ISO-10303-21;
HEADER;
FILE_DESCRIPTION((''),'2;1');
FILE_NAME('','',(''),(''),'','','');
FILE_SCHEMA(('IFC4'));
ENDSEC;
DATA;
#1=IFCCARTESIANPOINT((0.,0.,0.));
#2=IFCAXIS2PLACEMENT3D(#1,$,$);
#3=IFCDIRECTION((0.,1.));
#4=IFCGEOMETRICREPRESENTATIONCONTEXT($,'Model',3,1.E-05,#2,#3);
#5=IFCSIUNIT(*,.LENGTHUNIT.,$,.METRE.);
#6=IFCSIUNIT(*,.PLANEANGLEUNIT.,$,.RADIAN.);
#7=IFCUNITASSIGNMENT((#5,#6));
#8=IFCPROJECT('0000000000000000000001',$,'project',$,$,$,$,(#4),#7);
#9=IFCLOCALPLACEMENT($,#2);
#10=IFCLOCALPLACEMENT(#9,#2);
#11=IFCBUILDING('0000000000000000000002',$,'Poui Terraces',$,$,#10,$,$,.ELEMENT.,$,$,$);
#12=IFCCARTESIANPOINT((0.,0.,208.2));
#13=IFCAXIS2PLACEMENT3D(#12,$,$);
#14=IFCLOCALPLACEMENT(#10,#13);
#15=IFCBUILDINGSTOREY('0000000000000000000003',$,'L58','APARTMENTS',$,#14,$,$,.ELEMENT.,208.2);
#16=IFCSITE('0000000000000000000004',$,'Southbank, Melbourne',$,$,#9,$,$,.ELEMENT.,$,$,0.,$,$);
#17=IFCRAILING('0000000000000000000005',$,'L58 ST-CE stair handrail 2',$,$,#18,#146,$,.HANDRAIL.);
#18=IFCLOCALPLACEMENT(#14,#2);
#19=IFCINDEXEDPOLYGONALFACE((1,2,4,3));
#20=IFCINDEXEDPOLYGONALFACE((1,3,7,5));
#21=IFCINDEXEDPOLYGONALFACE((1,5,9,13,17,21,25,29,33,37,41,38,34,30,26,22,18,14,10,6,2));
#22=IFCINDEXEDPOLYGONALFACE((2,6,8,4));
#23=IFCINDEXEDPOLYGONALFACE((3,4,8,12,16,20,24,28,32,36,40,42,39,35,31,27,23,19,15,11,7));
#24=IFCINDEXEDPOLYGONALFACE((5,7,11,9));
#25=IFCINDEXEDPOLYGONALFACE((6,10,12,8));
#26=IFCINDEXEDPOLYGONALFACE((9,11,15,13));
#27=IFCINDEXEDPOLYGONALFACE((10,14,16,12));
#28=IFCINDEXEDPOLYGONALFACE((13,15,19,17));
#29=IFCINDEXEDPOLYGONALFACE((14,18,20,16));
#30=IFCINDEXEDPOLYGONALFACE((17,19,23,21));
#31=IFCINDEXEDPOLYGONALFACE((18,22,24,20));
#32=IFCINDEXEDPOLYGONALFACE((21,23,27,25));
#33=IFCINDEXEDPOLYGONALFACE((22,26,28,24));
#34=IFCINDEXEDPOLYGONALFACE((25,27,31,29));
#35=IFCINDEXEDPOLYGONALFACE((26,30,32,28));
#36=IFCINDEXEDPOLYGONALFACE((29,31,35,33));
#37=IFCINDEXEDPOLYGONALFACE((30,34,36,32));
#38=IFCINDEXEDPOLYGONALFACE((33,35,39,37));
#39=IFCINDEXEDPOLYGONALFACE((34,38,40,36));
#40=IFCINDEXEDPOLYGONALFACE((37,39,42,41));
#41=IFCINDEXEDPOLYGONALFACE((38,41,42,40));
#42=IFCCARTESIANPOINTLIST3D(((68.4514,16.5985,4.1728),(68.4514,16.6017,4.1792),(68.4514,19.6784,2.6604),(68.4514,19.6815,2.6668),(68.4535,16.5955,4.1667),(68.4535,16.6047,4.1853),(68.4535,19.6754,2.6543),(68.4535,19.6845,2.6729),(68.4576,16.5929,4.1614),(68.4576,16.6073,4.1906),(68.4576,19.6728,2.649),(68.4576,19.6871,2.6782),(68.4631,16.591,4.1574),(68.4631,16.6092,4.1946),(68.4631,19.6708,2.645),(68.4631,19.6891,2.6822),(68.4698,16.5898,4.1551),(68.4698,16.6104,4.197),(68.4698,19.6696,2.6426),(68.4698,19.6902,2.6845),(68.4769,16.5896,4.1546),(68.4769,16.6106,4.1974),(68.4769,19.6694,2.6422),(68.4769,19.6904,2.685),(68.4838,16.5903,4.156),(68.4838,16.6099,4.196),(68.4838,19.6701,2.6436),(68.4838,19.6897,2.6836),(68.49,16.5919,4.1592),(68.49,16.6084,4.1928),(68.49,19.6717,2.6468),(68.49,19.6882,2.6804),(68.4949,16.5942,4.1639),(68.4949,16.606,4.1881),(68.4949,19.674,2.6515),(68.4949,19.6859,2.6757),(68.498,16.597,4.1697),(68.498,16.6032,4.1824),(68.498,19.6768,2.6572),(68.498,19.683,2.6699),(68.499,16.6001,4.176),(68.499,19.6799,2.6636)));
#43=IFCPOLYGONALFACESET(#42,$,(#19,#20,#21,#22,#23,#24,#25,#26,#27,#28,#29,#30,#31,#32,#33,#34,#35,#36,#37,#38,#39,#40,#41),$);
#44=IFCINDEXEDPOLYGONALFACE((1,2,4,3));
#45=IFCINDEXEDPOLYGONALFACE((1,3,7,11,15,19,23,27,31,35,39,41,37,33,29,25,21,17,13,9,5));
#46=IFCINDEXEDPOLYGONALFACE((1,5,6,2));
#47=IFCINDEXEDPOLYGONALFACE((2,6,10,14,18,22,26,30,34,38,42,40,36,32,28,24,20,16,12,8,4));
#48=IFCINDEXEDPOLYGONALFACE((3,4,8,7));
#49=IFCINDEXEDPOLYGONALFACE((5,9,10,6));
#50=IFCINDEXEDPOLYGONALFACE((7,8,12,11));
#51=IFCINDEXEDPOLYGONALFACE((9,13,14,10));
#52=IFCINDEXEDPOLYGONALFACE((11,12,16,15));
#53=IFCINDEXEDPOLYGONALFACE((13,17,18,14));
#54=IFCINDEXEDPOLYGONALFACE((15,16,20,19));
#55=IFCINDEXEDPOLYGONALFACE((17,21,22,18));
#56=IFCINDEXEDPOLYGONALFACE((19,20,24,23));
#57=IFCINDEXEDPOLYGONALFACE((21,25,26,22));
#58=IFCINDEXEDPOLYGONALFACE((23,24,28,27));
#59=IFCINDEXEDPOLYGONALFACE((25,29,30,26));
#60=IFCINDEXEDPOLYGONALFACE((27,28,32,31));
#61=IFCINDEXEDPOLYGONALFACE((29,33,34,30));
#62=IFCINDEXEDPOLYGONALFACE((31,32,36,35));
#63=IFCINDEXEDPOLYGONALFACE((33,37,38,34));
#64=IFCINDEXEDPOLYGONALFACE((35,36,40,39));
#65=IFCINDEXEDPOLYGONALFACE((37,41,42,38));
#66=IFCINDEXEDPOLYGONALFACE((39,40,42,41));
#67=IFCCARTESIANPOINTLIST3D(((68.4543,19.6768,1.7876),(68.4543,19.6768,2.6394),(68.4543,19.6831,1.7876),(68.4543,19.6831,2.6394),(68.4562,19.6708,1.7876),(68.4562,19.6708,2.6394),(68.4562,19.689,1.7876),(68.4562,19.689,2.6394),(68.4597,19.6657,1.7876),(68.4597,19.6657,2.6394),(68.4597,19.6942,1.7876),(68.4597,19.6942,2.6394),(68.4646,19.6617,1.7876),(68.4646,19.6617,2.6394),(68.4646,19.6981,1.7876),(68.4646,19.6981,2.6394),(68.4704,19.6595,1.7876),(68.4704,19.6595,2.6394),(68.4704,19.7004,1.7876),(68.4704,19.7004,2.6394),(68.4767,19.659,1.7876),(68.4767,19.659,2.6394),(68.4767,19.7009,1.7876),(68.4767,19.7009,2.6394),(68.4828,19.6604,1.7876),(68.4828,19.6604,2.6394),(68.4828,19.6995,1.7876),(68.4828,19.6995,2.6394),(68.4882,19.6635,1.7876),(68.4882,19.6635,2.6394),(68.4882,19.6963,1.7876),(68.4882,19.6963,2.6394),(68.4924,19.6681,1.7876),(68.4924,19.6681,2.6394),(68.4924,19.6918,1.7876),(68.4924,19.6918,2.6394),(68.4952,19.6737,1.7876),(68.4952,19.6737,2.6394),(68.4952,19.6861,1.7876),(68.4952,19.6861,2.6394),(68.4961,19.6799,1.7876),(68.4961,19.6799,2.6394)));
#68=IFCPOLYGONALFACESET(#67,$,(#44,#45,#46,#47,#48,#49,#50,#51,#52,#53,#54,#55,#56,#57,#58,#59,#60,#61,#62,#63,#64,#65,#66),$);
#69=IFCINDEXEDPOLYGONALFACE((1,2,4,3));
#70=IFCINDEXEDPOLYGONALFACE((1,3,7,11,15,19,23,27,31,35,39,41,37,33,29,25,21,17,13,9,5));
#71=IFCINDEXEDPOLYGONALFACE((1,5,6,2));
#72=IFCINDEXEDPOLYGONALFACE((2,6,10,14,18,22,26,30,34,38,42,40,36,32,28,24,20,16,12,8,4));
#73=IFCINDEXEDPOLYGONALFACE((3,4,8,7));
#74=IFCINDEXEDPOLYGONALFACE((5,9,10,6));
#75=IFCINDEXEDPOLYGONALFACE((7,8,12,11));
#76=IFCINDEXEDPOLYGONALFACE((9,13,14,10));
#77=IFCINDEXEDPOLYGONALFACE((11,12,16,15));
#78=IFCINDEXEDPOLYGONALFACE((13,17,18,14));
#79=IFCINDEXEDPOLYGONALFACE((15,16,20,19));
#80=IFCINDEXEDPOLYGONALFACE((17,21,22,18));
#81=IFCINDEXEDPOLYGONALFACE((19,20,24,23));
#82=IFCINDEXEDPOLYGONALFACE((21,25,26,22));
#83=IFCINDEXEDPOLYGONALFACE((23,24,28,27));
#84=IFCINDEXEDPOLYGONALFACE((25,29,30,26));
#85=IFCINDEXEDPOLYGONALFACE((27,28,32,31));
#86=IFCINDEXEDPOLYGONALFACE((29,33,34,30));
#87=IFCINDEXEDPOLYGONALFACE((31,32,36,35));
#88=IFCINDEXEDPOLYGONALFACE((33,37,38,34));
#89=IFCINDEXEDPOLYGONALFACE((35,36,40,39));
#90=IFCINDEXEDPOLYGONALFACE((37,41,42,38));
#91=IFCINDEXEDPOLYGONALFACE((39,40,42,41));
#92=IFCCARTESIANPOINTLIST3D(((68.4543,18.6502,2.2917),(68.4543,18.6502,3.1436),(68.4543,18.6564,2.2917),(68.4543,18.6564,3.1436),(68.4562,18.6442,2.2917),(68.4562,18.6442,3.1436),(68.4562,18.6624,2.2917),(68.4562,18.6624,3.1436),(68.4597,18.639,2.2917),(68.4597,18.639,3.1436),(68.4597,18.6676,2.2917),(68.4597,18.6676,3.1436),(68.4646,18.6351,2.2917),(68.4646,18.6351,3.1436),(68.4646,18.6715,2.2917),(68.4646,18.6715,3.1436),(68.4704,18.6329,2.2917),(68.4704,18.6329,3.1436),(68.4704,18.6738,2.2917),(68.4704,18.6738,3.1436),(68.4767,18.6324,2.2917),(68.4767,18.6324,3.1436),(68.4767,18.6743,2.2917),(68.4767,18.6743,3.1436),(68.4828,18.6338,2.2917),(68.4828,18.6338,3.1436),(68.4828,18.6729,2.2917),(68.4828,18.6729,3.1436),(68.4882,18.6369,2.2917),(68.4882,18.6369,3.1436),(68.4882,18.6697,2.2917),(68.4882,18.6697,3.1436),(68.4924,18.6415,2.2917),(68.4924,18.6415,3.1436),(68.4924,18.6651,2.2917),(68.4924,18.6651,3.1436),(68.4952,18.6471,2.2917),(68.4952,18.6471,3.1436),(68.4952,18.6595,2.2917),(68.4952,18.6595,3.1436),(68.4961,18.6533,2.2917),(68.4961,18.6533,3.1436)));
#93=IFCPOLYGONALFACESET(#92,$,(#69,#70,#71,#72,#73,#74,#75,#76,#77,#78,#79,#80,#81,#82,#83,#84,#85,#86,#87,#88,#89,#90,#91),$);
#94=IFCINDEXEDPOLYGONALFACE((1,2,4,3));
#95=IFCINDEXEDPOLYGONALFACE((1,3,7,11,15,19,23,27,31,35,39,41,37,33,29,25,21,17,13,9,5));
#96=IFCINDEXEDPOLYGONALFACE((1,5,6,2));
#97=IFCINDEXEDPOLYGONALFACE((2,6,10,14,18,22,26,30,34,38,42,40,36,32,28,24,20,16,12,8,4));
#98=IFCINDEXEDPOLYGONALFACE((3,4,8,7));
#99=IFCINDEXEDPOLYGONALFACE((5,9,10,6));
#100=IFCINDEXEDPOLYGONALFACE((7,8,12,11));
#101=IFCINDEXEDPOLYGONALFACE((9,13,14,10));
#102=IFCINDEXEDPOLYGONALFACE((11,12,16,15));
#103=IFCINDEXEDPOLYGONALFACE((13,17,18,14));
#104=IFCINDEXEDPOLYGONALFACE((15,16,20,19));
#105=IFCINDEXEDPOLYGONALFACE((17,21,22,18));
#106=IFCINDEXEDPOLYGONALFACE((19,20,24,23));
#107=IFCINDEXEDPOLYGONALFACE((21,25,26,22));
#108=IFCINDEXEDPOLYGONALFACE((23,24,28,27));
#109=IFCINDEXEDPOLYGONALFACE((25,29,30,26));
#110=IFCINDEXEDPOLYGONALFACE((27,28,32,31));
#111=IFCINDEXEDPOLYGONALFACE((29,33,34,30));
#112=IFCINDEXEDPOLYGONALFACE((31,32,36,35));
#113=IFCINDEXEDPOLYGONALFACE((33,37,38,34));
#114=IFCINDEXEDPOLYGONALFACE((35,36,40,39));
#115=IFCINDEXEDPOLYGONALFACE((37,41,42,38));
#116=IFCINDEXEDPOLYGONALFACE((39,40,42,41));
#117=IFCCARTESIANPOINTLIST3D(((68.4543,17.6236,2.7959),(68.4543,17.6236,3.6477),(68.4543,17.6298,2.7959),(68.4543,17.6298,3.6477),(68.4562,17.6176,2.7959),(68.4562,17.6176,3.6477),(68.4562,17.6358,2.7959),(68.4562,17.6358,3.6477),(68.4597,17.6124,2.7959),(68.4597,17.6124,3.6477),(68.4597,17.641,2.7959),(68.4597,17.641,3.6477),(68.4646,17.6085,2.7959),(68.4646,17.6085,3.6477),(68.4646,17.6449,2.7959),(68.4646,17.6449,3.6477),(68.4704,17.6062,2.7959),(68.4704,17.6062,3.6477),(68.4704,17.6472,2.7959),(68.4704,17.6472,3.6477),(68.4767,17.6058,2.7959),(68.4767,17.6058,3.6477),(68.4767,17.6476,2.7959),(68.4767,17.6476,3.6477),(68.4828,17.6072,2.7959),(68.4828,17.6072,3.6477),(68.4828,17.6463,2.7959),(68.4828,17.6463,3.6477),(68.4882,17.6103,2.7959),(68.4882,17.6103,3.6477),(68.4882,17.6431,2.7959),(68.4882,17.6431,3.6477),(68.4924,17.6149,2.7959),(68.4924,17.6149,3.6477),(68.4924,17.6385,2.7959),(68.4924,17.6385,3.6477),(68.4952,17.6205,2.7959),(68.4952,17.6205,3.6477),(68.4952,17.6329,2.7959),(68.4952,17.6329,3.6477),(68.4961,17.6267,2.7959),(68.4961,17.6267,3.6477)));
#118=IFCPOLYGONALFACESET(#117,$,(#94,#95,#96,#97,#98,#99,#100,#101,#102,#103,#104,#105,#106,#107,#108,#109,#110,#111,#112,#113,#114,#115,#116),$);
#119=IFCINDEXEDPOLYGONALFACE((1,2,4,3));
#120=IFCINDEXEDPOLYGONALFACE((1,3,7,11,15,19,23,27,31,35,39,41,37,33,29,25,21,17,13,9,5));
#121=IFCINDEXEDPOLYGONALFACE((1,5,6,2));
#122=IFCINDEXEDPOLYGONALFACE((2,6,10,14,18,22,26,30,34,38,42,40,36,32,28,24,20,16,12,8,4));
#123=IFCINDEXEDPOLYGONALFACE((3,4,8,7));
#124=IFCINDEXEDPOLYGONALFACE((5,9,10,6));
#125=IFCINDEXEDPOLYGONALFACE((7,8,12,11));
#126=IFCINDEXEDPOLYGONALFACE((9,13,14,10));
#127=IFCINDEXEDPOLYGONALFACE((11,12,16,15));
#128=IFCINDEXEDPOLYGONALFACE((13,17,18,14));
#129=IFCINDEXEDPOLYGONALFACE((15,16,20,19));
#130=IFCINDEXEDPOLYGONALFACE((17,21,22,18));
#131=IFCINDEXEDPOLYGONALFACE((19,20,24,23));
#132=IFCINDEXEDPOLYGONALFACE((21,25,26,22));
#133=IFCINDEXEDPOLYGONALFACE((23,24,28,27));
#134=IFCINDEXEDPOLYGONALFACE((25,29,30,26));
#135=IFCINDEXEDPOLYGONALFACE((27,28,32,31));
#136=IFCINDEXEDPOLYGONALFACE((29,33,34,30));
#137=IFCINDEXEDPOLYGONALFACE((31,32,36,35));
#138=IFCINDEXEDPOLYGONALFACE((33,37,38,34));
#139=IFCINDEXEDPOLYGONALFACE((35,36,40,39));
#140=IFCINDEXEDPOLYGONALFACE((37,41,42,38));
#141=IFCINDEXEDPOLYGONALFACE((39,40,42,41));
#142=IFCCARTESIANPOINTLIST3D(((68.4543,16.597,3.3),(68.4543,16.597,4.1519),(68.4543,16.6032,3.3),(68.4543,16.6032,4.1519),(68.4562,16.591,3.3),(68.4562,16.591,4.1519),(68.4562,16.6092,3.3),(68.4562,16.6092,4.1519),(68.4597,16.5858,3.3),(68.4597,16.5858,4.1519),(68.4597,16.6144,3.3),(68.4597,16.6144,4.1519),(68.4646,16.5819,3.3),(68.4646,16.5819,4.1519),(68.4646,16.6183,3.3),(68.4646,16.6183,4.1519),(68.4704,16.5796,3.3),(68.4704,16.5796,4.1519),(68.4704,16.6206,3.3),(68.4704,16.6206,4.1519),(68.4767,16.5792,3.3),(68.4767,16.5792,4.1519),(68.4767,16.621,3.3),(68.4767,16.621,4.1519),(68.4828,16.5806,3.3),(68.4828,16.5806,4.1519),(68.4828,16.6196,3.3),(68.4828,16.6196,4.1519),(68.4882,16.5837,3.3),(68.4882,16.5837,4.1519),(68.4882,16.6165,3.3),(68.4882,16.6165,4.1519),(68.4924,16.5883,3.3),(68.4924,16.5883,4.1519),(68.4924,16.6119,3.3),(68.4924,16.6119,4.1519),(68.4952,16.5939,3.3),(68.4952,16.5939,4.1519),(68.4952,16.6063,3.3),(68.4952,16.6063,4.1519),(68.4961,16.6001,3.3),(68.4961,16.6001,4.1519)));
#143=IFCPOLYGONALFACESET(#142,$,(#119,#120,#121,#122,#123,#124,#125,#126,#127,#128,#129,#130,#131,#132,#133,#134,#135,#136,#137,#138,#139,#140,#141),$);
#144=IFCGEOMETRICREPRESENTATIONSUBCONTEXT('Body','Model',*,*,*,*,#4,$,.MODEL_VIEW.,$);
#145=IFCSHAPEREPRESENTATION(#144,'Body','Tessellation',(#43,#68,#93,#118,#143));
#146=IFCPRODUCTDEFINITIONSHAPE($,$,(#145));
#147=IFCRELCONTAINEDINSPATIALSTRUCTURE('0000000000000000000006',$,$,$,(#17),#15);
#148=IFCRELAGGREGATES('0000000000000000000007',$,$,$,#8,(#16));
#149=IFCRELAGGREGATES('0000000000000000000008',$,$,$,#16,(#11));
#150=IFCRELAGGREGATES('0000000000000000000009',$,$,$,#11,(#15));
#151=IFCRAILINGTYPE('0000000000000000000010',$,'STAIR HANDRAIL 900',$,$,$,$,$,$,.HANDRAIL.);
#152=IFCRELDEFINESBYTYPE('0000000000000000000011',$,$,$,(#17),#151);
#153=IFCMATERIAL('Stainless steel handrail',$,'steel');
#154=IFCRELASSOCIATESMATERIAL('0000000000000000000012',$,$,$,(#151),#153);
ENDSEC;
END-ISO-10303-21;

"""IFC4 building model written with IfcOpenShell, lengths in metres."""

from ifc_helpers import new_model, si_unit, direction, frame, origin, origin_2d, place, context, subcontext, project, spatial, circle, extrude, material, type_object, element, save


model = new_model("IFC4")

# Units and contexts
model_context = context("Model", 3, precision=1e-05, world=origin(), true_north=direction((0.0, 1.0)))
body_context = subcontext(model_context, "Body", "Model", "MODEL_VIEW")
ifc_project = project(units=[si_unit("LENGTHUNIT", "METRE"), si_unit("PLANEANGLEUNIT", "RADIAN")], contexts=[model_context])

# Site, building, storey
site_placement = place(None, origin())
site = spatial("IfcSite", under=ifc_project, at=site_placement, Name="Southbank, Melbourne", CompositionType="ELEMENT", RefElevation=0.0)
building_placement = place(site_placement, origin())
building = spatial("IfcBuilding", under=site, at=building_placement, Name="Poui Terraces", CompositionType="ELEMENT")
storey_placement = place(building_placement, frame((0.0, 0.0, 208.2)))
storey = spatial("IfcBuildingStorey", under=building, at=storey_placement, Name="L58", Description="APARTMENTS", CompositionType="ELEMENT", Elevation=208.2)

# Railing
ifc_material_1 = material(Name="Stainless steel handrail", Category="steel")
railing_type_1 = type_object("IfcRailingType", Name="STAIR HANDRAIL 900", PredefinedType="HANDRAIL", material=ifc_material_1)
railing_1_placement = place(storey_placement, frame((68.4751, 19.6799, 1.7876)))
element("IfcRailing", 1, at=railing_1_placement, inside=storey, type_object=railing_type_1, Name="L58 ST-CE stair handrail 2", PredefinedType="HANDRAIL", context=body_context, shape_type="SweptSolid", body=[
    extrude(circle(Radius=0.0239, at=origin_2d()), frame((0.0, 0.0, 0.876), z_axis=(0.0, -0.897606, 0.440798), x_axis=(1.0, 0.0, 0.0)), (0.0, 0.0, 1.0), 3.4312),
    extrude(circle(Radius=0.021, at=origin_2d()), origin(), (0.0, 0.0, 1.0), 0.8518),
    extrude(circle(Radius=0.021, at=origin_2d()), frame((0.0, -1.0266, 0.5042)), (0.0, 0.0, 1.0), 0.8518),
    extrude(circle(Radius=0.021, at=origin_2d()), frame((0.0, -2.0532, 1.0083)), (0.0, 0.0, 1.0), 0.8518),
    extrude(circle(Radius=0.021, at=origin_2d()), frame((0.0, -3.0798, 1.5125)), (0.0, 0.0, 1.0), 0.8518),
])

save(model, "model.ifc")
